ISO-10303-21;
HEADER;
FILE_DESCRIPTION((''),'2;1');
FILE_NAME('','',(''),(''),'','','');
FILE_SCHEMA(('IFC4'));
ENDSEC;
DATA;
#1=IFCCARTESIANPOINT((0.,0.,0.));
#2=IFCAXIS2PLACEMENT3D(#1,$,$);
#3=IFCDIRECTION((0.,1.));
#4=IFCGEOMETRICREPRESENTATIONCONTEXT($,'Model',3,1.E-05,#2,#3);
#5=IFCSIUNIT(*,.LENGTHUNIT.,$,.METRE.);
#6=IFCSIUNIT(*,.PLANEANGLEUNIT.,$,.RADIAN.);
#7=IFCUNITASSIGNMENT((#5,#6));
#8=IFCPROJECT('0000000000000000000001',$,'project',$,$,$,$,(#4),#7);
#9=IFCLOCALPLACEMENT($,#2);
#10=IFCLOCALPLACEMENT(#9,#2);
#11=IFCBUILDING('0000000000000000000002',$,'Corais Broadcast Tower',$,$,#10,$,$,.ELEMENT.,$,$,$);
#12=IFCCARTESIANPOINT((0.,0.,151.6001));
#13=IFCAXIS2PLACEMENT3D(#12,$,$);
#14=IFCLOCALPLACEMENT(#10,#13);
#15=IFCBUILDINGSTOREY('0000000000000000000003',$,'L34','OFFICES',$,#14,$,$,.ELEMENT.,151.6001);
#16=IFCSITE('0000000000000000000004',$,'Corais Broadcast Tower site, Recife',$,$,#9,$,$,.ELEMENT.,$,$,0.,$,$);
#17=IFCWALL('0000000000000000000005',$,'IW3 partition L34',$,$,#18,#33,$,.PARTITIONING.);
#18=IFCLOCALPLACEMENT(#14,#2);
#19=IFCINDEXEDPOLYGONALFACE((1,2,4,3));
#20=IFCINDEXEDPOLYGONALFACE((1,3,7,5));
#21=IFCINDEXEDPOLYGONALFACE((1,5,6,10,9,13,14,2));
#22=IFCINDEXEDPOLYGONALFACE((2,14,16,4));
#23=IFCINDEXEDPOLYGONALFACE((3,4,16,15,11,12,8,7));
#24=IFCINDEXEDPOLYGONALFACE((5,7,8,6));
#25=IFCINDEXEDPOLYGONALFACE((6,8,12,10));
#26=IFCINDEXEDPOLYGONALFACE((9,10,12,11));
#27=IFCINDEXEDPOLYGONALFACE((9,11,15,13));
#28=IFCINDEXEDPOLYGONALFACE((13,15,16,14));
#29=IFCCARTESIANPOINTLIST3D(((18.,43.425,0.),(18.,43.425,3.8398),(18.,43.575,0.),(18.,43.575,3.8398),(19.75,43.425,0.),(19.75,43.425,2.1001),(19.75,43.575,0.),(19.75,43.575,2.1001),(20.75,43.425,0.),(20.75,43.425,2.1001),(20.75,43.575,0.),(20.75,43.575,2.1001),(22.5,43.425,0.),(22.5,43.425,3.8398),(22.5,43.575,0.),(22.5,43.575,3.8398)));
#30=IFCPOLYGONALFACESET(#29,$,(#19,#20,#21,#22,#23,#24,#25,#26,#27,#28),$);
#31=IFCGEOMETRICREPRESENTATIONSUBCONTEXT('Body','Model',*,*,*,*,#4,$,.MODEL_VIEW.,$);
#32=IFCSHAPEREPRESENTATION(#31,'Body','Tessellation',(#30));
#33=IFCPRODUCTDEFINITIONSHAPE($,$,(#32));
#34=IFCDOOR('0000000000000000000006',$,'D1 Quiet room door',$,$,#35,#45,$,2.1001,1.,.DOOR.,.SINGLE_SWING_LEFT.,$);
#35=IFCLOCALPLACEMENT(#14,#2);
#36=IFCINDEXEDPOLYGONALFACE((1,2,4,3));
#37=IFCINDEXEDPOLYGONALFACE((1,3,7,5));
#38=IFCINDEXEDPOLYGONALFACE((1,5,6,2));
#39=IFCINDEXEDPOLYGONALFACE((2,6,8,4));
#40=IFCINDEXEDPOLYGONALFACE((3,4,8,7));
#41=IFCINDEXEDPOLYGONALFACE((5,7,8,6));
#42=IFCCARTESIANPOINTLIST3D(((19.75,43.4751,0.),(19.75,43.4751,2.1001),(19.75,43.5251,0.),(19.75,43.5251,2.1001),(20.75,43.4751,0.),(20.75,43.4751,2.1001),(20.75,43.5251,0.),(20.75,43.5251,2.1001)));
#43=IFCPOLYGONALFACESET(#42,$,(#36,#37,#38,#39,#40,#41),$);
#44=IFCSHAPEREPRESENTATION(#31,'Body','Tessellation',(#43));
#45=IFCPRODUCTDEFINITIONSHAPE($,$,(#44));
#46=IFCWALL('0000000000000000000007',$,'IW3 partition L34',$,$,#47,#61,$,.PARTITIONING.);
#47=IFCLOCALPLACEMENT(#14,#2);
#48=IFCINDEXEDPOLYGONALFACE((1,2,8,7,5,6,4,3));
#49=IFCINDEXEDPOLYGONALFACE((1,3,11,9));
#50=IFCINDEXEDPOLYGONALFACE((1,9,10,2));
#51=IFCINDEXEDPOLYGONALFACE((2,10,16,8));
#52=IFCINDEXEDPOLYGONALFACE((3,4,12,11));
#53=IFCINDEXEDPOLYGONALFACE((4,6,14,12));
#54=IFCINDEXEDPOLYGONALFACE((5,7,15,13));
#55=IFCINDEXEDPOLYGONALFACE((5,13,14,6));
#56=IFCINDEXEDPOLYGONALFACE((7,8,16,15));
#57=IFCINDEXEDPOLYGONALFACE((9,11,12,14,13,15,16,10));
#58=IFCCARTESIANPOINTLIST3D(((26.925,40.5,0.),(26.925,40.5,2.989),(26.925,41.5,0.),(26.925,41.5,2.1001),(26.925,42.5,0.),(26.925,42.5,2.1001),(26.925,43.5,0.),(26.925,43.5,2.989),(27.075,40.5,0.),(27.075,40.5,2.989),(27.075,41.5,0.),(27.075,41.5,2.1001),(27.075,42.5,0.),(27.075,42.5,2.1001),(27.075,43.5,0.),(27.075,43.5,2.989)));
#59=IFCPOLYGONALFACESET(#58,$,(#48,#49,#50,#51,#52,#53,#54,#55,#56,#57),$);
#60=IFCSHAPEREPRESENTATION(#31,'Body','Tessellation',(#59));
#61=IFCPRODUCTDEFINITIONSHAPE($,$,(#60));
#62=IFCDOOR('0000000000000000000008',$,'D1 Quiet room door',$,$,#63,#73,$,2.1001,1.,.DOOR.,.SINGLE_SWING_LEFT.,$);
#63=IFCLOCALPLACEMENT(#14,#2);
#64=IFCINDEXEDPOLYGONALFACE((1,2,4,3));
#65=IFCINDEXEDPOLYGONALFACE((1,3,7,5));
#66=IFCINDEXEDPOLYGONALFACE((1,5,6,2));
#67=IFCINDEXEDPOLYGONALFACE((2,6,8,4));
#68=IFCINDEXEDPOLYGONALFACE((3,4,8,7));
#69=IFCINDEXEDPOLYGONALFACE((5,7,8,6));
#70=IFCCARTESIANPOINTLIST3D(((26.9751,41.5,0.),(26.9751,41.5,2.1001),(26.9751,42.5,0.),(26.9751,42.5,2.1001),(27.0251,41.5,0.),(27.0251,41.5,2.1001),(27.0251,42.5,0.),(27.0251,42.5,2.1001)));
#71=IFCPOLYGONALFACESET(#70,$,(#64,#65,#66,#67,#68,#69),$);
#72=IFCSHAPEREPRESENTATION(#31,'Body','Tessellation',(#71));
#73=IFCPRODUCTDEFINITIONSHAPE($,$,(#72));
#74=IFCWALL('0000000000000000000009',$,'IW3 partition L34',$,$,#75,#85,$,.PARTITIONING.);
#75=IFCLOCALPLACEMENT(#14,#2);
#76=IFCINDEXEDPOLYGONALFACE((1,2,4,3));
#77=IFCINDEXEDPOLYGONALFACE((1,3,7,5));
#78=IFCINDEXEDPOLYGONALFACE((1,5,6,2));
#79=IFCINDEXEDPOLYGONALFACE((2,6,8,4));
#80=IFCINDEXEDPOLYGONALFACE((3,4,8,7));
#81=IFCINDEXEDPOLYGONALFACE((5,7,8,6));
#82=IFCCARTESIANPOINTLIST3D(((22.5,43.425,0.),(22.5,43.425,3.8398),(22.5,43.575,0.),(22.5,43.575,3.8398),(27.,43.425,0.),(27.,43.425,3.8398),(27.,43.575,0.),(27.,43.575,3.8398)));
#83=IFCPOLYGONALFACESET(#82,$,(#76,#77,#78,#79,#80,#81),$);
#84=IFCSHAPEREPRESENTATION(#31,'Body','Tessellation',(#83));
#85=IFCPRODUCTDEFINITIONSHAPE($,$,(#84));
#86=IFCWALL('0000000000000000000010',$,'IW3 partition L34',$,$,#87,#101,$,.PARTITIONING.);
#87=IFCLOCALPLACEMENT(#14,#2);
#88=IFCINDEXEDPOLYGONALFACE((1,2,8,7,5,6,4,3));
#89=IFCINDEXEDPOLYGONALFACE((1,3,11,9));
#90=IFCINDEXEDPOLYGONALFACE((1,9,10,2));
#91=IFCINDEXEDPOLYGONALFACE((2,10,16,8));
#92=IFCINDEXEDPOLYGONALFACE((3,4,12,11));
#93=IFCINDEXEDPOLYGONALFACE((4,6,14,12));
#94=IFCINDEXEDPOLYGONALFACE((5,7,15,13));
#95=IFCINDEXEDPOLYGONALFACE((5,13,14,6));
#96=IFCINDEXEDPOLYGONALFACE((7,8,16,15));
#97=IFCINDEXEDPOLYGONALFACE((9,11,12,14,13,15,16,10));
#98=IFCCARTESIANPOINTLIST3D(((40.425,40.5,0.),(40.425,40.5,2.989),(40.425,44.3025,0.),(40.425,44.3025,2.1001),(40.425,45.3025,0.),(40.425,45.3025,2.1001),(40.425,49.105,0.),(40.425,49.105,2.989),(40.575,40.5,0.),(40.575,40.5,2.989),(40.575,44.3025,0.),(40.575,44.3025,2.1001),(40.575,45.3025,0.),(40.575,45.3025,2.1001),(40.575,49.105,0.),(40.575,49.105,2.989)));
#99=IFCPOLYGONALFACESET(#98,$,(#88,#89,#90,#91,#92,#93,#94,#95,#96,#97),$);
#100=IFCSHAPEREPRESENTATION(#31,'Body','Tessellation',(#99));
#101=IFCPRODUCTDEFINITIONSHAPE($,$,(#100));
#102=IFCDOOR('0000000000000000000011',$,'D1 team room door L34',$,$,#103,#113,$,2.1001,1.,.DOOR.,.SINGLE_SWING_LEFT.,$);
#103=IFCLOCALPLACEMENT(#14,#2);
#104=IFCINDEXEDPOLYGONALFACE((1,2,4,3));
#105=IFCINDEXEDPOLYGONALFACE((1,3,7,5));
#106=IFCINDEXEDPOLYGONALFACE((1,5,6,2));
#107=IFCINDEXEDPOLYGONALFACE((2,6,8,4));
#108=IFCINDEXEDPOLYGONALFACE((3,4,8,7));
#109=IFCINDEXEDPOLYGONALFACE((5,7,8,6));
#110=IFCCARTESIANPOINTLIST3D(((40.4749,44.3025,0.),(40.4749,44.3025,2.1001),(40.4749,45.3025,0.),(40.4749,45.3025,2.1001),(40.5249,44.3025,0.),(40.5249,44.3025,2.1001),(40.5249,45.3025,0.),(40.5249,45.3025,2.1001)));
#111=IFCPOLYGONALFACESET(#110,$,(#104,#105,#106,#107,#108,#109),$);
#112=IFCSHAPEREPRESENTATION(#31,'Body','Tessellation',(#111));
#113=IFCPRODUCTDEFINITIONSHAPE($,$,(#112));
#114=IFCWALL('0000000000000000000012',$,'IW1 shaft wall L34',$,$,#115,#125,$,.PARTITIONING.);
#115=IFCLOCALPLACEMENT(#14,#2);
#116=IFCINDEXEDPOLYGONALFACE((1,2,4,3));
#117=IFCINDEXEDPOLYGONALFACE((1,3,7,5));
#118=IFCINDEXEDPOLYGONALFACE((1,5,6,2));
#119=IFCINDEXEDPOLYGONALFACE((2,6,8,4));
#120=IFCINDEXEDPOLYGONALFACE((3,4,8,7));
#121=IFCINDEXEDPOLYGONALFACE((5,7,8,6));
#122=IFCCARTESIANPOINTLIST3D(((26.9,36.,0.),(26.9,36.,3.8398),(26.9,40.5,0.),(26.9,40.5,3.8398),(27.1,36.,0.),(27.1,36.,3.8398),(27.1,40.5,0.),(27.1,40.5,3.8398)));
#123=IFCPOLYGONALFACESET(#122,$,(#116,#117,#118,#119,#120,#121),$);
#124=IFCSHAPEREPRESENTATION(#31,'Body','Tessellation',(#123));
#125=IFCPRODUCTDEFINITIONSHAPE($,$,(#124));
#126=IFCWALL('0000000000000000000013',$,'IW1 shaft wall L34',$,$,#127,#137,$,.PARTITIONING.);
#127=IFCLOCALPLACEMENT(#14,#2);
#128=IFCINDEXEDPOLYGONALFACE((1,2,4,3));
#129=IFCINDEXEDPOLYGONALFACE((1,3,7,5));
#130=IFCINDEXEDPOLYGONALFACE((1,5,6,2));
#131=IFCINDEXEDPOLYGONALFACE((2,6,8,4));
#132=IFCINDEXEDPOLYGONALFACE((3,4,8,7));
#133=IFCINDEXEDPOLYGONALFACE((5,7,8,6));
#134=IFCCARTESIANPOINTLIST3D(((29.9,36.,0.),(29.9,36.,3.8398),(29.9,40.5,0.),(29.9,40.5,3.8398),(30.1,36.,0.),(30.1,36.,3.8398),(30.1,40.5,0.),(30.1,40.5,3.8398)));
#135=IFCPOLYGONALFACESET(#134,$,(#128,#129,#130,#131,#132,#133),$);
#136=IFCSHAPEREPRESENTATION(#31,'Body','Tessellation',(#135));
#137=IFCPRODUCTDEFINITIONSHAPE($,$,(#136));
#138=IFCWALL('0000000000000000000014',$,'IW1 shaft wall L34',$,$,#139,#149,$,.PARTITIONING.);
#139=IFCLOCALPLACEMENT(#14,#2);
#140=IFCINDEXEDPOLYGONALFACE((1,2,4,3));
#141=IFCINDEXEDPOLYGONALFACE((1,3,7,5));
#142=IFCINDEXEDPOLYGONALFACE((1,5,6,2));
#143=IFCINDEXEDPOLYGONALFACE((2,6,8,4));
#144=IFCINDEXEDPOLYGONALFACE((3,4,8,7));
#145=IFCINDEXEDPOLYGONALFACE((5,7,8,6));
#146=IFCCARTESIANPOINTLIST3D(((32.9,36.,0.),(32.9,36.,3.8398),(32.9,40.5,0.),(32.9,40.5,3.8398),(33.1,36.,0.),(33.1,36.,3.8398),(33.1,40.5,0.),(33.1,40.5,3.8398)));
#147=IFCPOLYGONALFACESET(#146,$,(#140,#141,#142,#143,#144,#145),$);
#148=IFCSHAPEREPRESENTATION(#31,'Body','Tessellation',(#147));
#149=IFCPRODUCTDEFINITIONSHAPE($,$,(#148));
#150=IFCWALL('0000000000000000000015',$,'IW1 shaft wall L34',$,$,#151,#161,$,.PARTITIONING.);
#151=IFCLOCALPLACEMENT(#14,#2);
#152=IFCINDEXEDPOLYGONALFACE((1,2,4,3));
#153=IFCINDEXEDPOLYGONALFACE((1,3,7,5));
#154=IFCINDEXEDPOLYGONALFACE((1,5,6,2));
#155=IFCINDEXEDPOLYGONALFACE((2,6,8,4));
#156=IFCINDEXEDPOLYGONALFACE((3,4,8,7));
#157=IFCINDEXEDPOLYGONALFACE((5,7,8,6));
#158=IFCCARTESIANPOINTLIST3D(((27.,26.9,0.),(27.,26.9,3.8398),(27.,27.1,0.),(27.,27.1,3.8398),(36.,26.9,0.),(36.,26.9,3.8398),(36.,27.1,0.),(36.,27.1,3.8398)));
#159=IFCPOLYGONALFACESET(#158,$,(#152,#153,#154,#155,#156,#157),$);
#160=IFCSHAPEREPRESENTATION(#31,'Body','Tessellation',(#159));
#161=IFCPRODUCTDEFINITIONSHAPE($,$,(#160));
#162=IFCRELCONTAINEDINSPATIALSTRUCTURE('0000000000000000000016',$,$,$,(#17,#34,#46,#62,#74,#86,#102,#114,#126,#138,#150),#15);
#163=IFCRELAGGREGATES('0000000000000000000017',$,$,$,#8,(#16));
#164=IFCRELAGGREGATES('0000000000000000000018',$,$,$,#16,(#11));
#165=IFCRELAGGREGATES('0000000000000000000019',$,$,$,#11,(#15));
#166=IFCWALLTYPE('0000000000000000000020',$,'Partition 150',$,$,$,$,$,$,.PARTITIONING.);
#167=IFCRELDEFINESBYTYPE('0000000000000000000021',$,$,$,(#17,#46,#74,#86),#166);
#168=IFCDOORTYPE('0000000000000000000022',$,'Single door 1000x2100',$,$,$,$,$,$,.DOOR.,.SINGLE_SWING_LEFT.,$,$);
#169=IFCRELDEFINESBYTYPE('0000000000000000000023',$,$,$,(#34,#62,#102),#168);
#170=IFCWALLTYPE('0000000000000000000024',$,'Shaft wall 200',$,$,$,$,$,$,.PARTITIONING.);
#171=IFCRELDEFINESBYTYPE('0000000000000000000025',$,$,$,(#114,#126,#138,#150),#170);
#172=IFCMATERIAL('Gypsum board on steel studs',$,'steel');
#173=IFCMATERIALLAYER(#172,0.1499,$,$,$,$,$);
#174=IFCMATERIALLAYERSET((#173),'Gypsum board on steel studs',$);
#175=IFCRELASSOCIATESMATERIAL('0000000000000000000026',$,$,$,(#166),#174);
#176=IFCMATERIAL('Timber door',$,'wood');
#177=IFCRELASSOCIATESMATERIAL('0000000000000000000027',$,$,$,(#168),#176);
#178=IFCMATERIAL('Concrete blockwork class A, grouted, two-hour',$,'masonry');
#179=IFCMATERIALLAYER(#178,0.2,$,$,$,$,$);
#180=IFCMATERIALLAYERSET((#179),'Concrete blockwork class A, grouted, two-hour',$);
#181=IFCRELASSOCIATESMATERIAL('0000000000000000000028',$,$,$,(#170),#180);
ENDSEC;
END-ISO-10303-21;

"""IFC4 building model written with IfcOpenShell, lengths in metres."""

from ifc_helpers import new_model, si_unit, direction, frame, frame_2d, origin, place, context, subcontext, project, spatial, rectangle, extrude, material, layer, layer_set, type_object, element, fill, save


model = new_model("IFC4")

# Units and contexts
model_context = context("Model", 3, precision=1e-05, world=origin(), true_north=direction((0.0, 1.0)))
body_context = subcontext(model_context, "Body", "Model", "MODEL_VIEW")
ifc_project = project(units=[si_unit("LENGTHUNIT", "METRE"), si_unit("PLANEANGLEUNIT", "RADIAN")], contexts=[model_context])

# Site, building, storey
site_placement = place(None, origin())
site = spatial("IfcSite", under=ifc_project, at=site_placement, Name="Corais Broadcast Tower site, Recife", CompositionType="ELEMENT", RefElevation=0.0)
building_placement = place(site_placement, origin())
building = spatial("IfcBuilding", under=site, at=building_placement, Name="Corais Broadcast Tower", CompositionType="ELEMENT")
storey_placement = place(building_placement, frame((0.0, 0.0, 151.6001)))
storey = spatial("IfcBuildingStorey", under=building, at=storey_placement, Name="L34", Description="OFFICES", CompositionType="ELEMENT", Elevation=151.6001)

# Shared definitions
ifc_material_1 = material(Name="Gypsum board on steel studs", Category="steel")
ifc_layer_1 = layer(ifc_material_1, 0.1499)
ifc_layer_set_1 = layer_set([ifc_layer_1], Name="Gypsum board on steel studs")
wall_type_1 = type_object("IfcWallType", Name="Partition 150", PredefinedType="PARTITIONING", material=ifc_layer_set_1)

# Walls, openings, doors
wall_1_placement = place(storey_placement, frame((22.5, 43.5, 0.0), z_axis=(0.0, 0.0, 1.0), x_axis=(-1.0, 0.0, 0.0)))
wall_1 = element("IfcWall", 1, at=wall_1_placement, inside=storey, type_object=wall_type_1, Name="IW3 partition L34", PredefinedType="PARTITIONING", context=body_context, shape_type="SweptSolid", body=[
    extrude(rectangle(XDim=4.5, YDim=0.1499, at=frame_2d((2.25, 0.0))), origin(), (0.0, 0.0, 1.0), 3.8398),
])
opening_1_placement = place(wall_1_placement, frame((1.75, 0.0, 0.0)))
opening_1 = element("IfcOpeningElement", 2, at=opening_1_placement, cuts=wall_1, PredefinedType="OPENING", context=body_context, shape_type="SweptSolid", body=[
    extrude(rectangle(XDim=1.0, YDim=2.1001, at=frame_2d((0.5, 1.05))), frame((0.0, 0.085, 0.0), z_axis=(0.0, -1.0, 0.0), x_axis=(1.0, 0.0, 0.0)), (0.0, 0.0, 1.0), 0.1699),
])
ifc_material_2 = material(Name="Timber door", Category="wood")
door_type = type_object("IfcDoorType", Name="Single door 1000x2100", OperationType="SINGLE_SWING_LEFT", PredefinedType="DOOR", material=ifc_material_2)
door_1_placement = place(opening_1_placement, origin())
door_1 = element("IfcDoor", 3, at=door_1_placement, inside=storey, type_object=door_type, Name="D1 Quiet room door", OperationType="SINGLE_SWING_LEFT", OverallHeight=2.1001, OverallWidth=1.0, PredefinedType="DOOR", context=body_context, shape_type="SweptSolid", body=[
    extrude(rectangle(XDim=1.0, YDim=2.1001, at=frame_2d((0.5, 1.05))), frame((0.0, 0.0249, 0.0), z_axis=(0.0, -1.0, 0.0), x_axis=(1.0, 0.0, 0.0)), (0.0, 0.0, 1.0), 0.05),
])
fill(opening_1, door_1)
wall_2_placement = place(storey_placement, frame((27.0, 40.5, 0.0), z_axis=(0.0, 0.0, 1.0), x_axis=(0.0, 1.0, 0.0)))
wall_2 = element("IfcWall", 4, at=wall_2_placement, inside=storey, type_object=wall_type_1, Name="IW3 partition L34", PredefinedType="PARTITIONING", context=body_context, shape_type="SweptSolid", body=[
    extrude(rectangle(XDim=3.0, YDim=0.1499, at=frame_2d((1.5, 0.0))), origin(), (0.0, 0.0, 1.0), 2.989),
])
opening_2_placement = place(wall_2_placement, frame((1.0, 0.0, 0.0)))
opening_2 = element("IfcOpeningElement", 5, at=opening_2_placement, cuts=wall_2, PredefinedType="OPENING", context=body_context, shape_type="SweptSolid", body=[
    extrude(rectangle(XDim=1.0, YDim=2.1001, at=frame_2d((0.5, 1.05))), frame((0.0, 0.085, 0.0), z_axis=(0.0, -1.0, 0.0), x_axis=(1.0, 0.0, 0.0)), (0.0, 0.0, 1.0), 0.1699),
])
door_2_placement = place(opening_2_placement, origin())
door_2 = element("IfcDoor", 6, at=door_2_placement, inside=storey, type_object=door_type, Name="D1 Quiet room door", OperationType="SINGLE_SWING_LEFT", OverallHeight=2.1001, OverallWidth=1.0, PredefinedType="DOOR", context=body_context, shape_type="SweptSolid", body=[
    extrude(rectangle(XDim=1.0, YDim=2.1001, at=frame_2d((0.5, 1.05))), frame((0.0, 0.0249, 0.0), z_axis=(0.0, -1.0, 0.0), x_axis=(1.0, 0.0, 0.0)), (0.0, 0.0, 1.0), 0.05),
])
fill(opening_2, door_2)

# Wall
wall_3_placement = place(storey_placement, frame((27.0, 43.5, 0.0), z_axis=(0.0, 0.0, 1.0), x_axis=(-1.0, 0.0, 0.0)))
element("IfcWall", 7, at=wall_3_placement, inside=storey, type_object=wall_type_1, Name="IW3 partition L34", PredefinedType="PARTITIONING", context=body_context, shape_type="SweptSolid", body=[
    extrude(rectangle(XDim=4.5, YDim=0.1499, at=frame_2d((2.25, 0.0))), origin(), (0.0, 0.0, 1.0), 3.8398),
])

# Wall, opening, door
wall_4_placement = place(storey_placement, frame((40.5, 49.105, 0.0), z_axis=(0.0, 0.0, 1.0), x_axis=(0.0, -1.0, 0.0)))
wall_4 = element("IfcWall", 8, at=wall_4_placement, inside=storey, type_object=wall_type_1, Name="IW3 partition L34", PredefinedType="PARTITIONING", context=body_context, shape_type="SweptSolid", body=[
    extrude(rectangle(XDim=8.605, YDim=0.1499, at=frame_2d((4.3025, 0.0))), origin(), (0.0, 0.0, 1.0), 2.989),
])
opening_3_placement = place(wall_4_placement, frame((3.8025, 0.0, 0.0)))
opening_3 = element("IfcOpeningElement", 9, at=opening_3_placement, cuts=wall_4, PredefinedType="OPENING", context=body_context, shape_type="SweptSolid", body=[
    extrude(rectangle(XDim=1.0, YDim=2.1001, at=frame_2d((0.5, 1.05))), frame((0.0, 0.085, 0.0), z_axis=(0.0, -1.0, 0.0), x_axis=(1.0, 0.0, 0.0)), (0.0, 0.0, 1.0), 0.1699),
])
door_3_placement = place(opening_3_placement, origin())
door_3 = element("IfcDoor", 10, at=door_3_placement, inside=storey, type_object=door_type, Name="D1 team room door L34", OperationType="SINGLE_SWING_LEFT", OverallHeight=2.1001, OverallWidth=1.0, PredefinedType="DOOR", context=body_context, shape_type="SweptSolid", body=[
    extrude(rectangle(XDim=1.0, YDim=2.1001, at=frame_2d((0.5, 1.05))), frame((0.0, 0.0249, 0.0), z_axis=(0.0, -1.0, 0.0), x_axis=(1.0, 0.0, 0.0)), (0.0, 0.0, 1.0), 0.05),
])
fill(opening_3, door_3)

# Walls
ifc_material_3 = material(Name="Concrete blockwork class A, grouted, two-hour", Category="masonry")
ifc_layer_2 = layer(ifc_material_3, 0.2)
ifc_layer_set_2 = layer_set([ifc_layer_2], Name="Concrete blockwork class A, grouted, two-hour")
wall_type_2 = type_object("IfcWallType", Name="Shaft wall 200", PredefinedType="PARTITIONING", material=ifc_layer_set_2)
for number, where, z_axis, x_axis, name in (
    (11, (27.0, 36.0, 0.0), (0.0, 0.0, 1.0), (0.0, 1.0, 0.0), "IW1 shaft wall L34"),
    (12, (30.0, 36.0, 0.0), (0.0, 0.0, 1.0), (0.0, 1.0, 0.0), "IW1 shaft wall L34"),
    (13, (33.0, 36.0, 0.0), (0.0, 0.0, 1.0), (0.0, 1.0, 0.0), "IW1 shaft wall L34"),
):
    element("IfcWall", number, at=place(storey_placement, frame(where, z_axis=z_axis, x_axis=x_axis)), inside=storey, type_object=wall_type_2, Name=name, PredefinedType="PARTITIONING", context=body_context, shape_type="SweptSolid", body=[
        extrude(rectangle(XDim=4.5, YDim=0.2, at=frame_2d((2.25, 0.0))), origin(), (0.0, 0.0, 1.0), 3.8398),
    ])
wall_5_placement = place(storey_placement, frame((27.0, 27.0, 0.0), z_axis=(0.0, 0.0, 1.0), x_axis=(1.0, 0.0, 0.0)))
element("IfcWall", 14, at=wall_5_placement, inside=storey, type_object=wall_type_2, Name="IW1 shaft wall L34", PredefinedType="PARTITIONING", context=body_context, shape_type="SweptSolid", body=[
    extrude(rectangle(XDim=9.0, YDim=0.2, at=frame_2d((4.5, 0.0))), origin(), (0.0, 0.0, 1.0), 3.8398),
])

save(model, "model.ifc")
